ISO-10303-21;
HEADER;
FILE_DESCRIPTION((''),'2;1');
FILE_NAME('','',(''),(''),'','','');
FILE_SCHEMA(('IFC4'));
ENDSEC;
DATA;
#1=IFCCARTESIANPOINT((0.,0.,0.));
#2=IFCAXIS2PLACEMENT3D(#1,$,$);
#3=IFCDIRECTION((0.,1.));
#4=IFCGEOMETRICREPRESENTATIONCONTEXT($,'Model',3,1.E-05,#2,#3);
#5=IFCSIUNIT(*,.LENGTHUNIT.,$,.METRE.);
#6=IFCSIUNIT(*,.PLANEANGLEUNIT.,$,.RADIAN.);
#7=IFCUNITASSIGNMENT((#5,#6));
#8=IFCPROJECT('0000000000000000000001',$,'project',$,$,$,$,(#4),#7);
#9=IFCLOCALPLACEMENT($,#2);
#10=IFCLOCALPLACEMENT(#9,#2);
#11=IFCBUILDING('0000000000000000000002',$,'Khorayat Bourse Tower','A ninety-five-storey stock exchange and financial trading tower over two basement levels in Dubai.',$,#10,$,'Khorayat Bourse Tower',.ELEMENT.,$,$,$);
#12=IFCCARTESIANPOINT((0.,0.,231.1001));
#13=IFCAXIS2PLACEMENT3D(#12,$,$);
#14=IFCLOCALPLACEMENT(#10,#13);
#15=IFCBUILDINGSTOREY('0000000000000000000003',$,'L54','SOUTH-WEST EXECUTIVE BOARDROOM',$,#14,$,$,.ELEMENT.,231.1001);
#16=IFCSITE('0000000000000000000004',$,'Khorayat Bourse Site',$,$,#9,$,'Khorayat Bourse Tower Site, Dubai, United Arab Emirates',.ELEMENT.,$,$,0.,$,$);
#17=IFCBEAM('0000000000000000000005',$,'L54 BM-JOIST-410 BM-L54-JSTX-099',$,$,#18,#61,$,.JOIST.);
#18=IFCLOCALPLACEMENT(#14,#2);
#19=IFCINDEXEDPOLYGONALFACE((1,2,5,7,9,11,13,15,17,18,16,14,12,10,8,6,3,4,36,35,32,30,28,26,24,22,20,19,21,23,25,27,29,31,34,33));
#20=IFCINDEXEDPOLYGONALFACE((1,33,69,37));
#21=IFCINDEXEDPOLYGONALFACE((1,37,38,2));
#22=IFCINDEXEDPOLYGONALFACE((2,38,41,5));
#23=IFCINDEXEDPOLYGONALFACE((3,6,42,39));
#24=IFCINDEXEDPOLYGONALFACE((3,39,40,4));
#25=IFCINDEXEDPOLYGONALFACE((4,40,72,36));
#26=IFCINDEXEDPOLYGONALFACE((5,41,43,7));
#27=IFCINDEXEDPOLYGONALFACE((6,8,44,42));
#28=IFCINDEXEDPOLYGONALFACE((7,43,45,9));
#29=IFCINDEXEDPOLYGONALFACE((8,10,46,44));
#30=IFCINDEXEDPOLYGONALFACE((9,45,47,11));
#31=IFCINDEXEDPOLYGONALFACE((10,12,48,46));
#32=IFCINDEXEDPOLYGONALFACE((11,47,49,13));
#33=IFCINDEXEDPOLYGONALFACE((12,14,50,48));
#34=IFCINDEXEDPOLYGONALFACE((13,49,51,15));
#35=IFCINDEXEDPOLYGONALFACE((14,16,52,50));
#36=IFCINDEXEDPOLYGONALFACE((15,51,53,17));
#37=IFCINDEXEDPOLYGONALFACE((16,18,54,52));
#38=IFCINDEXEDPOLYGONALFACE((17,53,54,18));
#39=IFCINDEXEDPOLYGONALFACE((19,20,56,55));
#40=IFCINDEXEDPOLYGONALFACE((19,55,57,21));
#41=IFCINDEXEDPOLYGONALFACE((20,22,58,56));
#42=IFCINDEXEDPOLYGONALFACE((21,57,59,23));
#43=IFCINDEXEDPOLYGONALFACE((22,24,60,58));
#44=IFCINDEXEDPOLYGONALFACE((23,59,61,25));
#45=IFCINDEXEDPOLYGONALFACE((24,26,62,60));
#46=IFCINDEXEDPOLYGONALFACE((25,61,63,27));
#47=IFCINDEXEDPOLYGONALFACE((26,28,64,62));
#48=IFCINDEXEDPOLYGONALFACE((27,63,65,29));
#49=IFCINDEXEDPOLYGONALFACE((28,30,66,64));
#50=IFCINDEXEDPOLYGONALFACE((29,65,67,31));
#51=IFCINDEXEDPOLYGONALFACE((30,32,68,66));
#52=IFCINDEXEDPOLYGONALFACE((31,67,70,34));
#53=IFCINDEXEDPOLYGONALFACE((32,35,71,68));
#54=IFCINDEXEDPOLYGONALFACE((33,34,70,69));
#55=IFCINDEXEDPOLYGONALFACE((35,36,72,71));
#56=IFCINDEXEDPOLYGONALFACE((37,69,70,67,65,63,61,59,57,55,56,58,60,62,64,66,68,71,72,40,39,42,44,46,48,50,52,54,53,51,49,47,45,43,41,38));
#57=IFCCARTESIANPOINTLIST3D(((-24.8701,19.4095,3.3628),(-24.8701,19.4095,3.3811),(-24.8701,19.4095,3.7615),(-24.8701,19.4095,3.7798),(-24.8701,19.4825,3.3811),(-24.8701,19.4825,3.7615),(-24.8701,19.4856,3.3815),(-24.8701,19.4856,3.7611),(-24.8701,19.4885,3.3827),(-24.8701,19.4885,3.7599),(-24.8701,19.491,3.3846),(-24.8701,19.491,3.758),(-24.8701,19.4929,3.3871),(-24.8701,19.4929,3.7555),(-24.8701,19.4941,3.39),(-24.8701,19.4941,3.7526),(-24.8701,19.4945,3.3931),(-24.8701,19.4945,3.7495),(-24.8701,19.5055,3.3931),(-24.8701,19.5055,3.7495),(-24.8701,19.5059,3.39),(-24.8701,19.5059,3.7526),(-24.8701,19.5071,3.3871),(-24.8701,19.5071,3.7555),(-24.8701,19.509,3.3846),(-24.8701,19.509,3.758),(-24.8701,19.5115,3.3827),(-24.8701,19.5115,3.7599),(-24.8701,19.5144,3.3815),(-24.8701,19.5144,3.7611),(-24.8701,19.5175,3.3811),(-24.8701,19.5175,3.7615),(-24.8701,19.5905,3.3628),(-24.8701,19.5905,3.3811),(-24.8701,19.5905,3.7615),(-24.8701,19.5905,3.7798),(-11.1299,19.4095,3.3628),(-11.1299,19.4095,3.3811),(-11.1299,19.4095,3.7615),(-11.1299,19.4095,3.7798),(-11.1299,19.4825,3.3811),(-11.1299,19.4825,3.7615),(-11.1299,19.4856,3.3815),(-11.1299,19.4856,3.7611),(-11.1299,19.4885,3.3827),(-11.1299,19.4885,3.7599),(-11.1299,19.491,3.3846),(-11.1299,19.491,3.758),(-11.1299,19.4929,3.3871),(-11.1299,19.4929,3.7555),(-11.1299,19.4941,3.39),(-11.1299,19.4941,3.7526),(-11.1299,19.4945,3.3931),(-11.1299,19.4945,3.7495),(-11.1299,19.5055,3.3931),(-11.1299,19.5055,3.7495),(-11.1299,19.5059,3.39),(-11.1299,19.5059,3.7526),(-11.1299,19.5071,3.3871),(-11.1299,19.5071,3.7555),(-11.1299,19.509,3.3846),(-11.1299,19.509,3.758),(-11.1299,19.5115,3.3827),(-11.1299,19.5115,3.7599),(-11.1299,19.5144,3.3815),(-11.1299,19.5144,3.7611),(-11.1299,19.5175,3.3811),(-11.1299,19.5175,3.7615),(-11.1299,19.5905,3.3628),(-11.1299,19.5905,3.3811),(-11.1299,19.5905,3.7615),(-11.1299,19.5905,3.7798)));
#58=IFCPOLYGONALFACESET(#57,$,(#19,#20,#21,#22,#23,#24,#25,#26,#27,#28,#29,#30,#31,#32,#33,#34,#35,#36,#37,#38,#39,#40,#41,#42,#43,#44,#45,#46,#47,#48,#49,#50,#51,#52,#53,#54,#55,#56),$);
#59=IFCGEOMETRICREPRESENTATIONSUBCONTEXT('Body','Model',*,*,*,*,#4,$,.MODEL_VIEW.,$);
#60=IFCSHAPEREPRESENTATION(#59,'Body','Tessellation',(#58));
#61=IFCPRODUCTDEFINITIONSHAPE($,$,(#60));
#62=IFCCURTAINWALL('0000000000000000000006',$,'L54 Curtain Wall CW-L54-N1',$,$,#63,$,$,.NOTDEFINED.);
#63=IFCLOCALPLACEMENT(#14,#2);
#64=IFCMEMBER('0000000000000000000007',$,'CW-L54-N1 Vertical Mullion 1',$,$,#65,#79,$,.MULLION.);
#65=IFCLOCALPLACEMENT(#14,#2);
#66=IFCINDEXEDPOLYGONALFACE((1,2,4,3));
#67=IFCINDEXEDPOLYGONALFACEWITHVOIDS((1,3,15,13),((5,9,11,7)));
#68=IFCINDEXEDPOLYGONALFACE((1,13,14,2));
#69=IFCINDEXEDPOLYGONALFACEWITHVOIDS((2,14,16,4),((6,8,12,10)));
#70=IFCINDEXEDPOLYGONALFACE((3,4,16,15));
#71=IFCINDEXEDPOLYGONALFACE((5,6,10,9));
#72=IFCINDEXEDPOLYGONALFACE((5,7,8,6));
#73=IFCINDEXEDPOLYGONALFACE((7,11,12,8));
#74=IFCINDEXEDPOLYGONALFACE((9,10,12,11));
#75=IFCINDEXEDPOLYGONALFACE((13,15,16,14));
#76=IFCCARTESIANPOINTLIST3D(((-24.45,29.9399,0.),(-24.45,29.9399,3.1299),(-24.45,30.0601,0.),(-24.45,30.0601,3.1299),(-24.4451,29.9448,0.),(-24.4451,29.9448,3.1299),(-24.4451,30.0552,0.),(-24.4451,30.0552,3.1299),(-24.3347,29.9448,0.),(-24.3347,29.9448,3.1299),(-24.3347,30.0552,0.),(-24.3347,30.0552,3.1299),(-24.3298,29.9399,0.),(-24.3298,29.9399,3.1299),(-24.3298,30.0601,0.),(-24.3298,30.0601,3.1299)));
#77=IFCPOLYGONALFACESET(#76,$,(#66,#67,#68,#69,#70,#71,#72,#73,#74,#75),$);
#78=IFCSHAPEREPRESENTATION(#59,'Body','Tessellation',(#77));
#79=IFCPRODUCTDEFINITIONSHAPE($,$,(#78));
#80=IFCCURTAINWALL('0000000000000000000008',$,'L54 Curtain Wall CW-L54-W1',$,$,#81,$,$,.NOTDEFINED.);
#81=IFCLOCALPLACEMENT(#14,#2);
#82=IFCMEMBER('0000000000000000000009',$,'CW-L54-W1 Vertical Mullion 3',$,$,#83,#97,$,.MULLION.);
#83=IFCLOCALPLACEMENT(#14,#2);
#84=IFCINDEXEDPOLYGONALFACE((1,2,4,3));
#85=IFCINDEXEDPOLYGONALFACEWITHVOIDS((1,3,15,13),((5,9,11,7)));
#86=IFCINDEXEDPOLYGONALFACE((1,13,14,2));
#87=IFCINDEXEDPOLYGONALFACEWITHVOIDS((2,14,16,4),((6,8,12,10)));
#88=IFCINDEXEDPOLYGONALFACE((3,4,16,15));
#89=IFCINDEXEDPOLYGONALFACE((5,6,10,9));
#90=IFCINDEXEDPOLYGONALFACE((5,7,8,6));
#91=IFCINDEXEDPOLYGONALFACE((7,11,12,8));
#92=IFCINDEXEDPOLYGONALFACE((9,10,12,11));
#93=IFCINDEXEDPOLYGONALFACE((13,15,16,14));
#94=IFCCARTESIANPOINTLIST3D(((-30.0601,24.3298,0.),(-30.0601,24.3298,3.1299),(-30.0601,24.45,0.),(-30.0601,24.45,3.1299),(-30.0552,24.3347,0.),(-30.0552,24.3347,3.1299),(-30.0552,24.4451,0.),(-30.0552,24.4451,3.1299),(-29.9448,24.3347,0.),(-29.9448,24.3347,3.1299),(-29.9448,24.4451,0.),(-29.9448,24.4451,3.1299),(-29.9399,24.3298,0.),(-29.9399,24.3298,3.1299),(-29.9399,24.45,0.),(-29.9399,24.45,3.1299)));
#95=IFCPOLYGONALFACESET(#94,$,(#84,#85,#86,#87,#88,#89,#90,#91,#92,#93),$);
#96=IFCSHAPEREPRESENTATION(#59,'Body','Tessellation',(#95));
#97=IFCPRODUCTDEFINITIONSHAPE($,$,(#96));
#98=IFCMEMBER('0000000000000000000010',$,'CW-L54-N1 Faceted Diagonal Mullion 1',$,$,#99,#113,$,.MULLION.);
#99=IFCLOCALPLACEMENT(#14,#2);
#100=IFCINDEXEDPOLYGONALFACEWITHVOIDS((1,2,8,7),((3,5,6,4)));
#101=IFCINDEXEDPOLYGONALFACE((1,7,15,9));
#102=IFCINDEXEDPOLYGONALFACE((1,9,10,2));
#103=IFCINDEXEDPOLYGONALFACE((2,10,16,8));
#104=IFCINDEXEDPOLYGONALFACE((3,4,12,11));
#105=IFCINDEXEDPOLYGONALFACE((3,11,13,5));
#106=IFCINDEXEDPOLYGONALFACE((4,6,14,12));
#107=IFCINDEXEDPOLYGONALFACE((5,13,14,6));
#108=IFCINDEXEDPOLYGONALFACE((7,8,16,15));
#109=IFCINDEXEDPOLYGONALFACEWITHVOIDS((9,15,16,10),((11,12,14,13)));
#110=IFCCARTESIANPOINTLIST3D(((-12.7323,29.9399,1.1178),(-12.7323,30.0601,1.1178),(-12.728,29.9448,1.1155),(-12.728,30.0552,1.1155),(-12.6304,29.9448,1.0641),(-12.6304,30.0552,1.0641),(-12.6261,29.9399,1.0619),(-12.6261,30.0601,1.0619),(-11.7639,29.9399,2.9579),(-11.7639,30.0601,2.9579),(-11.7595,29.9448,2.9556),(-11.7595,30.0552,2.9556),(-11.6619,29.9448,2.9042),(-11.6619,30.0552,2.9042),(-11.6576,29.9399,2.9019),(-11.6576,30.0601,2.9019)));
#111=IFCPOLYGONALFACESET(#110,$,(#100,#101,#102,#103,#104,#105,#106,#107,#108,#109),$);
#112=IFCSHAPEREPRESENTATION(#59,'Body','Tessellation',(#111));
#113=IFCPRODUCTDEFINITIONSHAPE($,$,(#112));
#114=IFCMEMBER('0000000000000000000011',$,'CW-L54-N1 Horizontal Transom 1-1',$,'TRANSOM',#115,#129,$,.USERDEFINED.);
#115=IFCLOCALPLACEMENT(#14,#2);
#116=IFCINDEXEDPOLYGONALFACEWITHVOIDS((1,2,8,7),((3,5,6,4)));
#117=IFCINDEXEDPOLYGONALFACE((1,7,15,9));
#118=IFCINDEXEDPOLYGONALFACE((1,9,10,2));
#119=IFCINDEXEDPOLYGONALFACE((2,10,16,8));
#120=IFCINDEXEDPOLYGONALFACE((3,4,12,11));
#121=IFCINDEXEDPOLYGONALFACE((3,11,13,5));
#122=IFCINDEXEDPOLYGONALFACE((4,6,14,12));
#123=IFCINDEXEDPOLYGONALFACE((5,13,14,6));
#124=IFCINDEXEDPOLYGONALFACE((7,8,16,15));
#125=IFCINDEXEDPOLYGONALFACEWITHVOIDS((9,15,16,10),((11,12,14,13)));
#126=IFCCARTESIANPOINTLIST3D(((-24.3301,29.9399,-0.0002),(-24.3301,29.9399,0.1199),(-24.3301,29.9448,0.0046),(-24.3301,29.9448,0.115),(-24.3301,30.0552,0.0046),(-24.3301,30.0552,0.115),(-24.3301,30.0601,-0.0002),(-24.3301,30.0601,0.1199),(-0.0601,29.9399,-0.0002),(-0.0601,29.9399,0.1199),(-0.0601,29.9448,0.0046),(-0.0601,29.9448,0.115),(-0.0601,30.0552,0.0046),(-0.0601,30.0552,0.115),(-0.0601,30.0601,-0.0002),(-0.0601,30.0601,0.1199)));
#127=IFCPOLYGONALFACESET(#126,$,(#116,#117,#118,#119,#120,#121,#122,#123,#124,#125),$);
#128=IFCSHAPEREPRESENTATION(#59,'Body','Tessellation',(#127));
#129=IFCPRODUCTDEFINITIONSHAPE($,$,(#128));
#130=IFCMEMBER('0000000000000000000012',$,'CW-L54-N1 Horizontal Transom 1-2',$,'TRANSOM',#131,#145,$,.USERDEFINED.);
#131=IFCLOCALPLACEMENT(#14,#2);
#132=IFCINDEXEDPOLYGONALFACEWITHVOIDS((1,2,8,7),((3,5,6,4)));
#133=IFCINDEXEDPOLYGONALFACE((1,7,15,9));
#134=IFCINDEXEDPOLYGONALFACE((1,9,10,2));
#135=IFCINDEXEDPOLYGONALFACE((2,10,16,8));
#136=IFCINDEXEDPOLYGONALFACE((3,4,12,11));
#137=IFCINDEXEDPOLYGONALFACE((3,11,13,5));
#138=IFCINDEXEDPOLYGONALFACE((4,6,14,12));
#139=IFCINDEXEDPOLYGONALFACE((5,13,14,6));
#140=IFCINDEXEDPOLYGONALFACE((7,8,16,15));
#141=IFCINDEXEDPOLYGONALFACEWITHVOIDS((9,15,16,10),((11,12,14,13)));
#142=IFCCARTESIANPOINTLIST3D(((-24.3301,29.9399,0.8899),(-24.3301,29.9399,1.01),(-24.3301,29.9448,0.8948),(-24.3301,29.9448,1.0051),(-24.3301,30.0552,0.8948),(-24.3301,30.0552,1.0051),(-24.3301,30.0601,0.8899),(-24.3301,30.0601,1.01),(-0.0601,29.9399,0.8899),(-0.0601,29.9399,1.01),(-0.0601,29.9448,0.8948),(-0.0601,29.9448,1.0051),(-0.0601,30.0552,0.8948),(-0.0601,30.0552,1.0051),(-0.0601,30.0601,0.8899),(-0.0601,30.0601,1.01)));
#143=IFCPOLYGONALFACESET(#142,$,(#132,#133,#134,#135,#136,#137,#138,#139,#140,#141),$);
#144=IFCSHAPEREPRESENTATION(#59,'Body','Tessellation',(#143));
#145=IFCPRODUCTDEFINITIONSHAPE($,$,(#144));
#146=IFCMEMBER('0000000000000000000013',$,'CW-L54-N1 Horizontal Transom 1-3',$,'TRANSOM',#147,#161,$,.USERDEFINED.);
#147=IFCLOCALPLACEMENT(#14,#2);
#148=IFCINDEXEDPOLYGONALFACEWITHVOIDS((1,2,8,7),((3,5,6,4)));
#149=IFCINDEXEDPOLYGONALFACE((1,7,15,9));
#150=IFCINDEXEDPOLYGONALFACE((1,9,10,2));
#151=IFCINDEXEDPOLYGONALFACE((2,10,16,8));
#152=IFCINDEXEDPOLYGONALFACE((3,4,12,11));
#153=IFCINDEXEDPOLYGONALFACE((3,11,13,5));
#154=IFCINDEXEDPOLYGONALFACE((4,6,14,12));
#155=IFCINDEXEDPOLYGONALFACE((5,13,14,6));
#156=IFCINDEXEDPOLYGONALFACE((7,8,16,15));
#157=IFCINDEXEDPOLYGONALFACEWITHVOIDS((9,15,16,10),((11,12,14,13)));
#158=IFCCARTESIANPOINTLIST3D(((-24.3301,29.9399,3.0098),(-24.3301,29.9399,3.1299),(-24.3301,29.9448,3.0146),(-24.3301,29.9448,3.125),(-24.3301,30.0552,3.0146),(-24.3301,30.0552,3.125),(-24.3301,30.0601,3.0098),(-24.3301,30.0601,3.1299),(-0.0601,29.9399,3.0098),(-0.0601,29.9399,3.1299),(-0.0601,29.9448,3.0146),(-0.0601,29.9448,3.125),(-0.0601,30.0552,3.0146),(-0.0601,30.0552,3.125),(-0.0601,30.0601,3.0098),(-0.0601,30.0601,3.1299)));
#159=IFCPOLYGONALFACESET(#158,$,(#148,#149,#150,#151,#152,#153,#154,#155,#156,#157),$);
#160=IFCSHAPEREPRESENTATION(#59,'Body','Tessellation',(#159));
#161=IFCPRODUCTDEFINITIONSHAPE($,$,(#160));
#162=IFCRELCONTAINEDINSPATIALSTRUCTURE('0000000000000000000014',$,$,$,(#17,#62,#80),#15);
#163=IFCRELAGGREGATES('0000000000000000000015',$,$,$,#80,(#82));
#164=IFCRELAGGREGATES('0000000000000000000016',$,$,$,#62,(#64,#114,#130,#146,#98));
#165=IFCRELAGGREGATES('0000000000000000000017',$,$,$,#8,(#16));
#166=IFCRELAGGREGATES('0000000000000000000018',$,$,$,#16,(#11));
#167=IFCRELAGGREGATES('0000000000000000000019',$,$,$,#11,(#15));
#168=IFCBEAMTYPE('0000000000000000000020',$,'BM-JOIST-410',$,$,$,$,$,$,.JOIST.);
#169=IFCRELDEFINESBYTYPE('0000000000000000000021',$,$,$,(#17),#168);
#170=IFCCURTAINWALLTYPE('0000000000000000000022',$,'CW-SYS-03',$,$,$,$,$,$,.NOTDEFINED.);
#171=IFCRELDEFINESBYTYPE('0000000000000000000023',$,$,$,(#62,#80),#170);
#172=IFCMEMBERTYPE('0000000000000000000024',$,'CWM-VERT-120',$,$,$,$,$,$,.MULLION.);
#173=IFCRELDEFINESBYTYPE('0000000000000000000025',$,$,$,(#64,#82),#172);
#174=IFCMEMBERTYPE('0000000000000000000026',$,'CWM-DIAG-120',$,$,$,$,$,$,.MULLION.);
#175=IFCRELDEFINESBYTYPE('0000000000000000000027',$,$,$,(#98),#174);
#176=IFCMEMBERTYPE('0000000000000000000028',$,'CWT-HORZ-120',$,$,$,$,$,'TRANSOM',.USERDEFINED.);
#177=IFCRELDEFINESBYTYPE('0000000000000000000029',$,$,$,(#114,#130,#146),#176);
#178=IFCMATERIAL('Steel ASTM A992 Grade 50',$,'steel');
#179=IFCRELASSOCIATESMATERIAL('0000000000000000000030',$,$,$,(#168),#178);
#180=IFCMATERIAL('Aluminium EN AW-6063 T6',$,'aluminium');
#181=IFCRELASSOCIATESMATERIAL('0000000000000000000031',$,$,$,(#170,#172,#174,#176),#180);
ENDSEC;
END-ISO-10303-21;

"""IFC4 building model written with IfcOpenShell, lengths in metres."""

from ifc_helpers import new_model, si_unit, direction, frame, origin, origin_2d, place, context, subcontext, project, spatial, hollow_rectangle, i_section, extrude, source, transform, mapped, material, material_profile, profile_set, type_object, element, aggregate, save


model = new_model("IFC4")

# Units and contexts
model_context = context("Model", 3, precision=1e-05, world=origin(), true_north=direction((0.0, 1.0)))
body_context = subcontext(model_context, "Body", "Model", "MODEL_VIEW")
ifc_project = project(units=[si_unit("LENGTHUNIT", "METRE"), si_unit("PLANEANGLEUNIT", "RADIAN")], contexts=[model_context])

# Site, building, storey
site_placement = place(None, origin())
site = spatial("IfcSite", under=ifc_project, at=site_placement, Name="Khorayat Bourse Site", LongName="Khorayat Bourse Tower Site, Dubai, United Arab Emirates", CompositionType="ELEMENT", RefElevation=0.0)
building_placement = place(site_placement, origin())
building = spatial("IfcBuilding", under=site, at=building_placement, Name="Khorayat Bourse Tower", Description="A ninety-five-storey stock exchange and financial trading tower over two basement levels in Dubai.", LongName="Khorayat Bourse Tower", CompositionType="ELEMENT")
storey_placement = place(building_placement, frame((0.0, 0.0, 231.1001)))
storey = spatial("IfcBuildingStorey", under=building, at=storey_placement, Name="L54", Description="SOUTH-WEST EXECUTIVE BOARDROOM", CompositionType="ELEMENT", Elevation=231.1001)

# Beam
ifc_material_1 = material(Name="Steel ASTM A992 Grade 50", Category="steel")
ifc_material_profile_1 = material_profile(ifc_material_1, i_section(OverallWidth=0.1809, OverallDepth=0.417, WebThickness=0.011, FlangeThickness=0.0183, FilletRadius=0.012, at=origin_2d()), Name="W410X85")
ifc_profile_set_1 = profile_set([ifc_material_profile_1], Name="Steel ASTM A992 Grade 50")
beam_type_1 = type_object("IfcBeamType", Name="BM-JOIST-410", PredefinedType="JOIST", material=ifc_profile_set_1)
shared_shape_1 = source(origin(), body_context, "Body", "SweptSolid", [
    extrude(i_section(OverallWidth=0.1809, OverallDepth=0.417, WebThickness=0.011, FlangeThickness=0.0183, FilletRadius=0.012, at=origin_2d()), origin(), (0.0, 0.0, 1.0), 13.7402),
])
beam_1_placement = place(storey_placement, frame((-24.8701, 19.5, 3.5713), z_axis=(1.0, 0.0, 0.0), x_axis=(0.0, 1.0, 0.0)))
element("IfcBeam", 1, at=beam_1_placement, inside=storey, type_object=beam_type_1, Name="L54 BM-JOIST-410 BM-L54-JSTX-099", PredefinedType="JOIST", context=body_context, shape_type="MappedRepresentation", body=[
    mapped(shared_shape_1, transform((0.0, 0.0, 0.0), scale=1.0)),
])

# Curtain walls, members
ifc_material_2 = material(Name="Aluminium EN AW-6063 T6", Category="aluminium")
curtain_wall_type = type_object("IfcCurtainWallType", Name="CW-SYS-03", PredefinedType="NOTDEFINED", material=ifc_material_2)
curtain_wall_1_placement = place(storey_placement, origin())
curtain_wall_1 = element("IfcCurtainWall", 2, at=curtain_wall_1_placement, inside=storey, type_object=curtain_wall_type, Name="L54 Curtain Wall CW-L54-N1", PredefinedType="NOTDEFINED")
ifc_material_profile_2 = material_profile(ifc_material_2, hollow_rectangle(XDim=0.1201, YDim=0.1201, WallThickness=0.0049, at=origin_2d()), Name="ALU 120x120x5")
ifc_profile_set_2 = profile_set([ifc_material_profile_2], Name="Aluminium EN AW-6063 T6")
member_type_1 = type_object("IfcMemberType", Name="CWM-VERT-120", PredefinedType="MULLION", material=ifc_profile_set_2)
shared_shape_2 = source(origin(), body_context, "Body", "SweptSolid", [
    extrude(hollow_rectangle(XDim=0.1201, YDim=0.1201, WallThickness=0.0049, at=origin_2d()), origin(), (0.0, 0.0, 1.0), 3.1299),
])
member_1_placement = place(storey_placement, frame((-24.3899, 30.0, 0.0), z_axis=(0.0, 0.0, 1.0), x_axis=(0.0, 1.0, 0.0)))
member_1 = element("IfcMember", 3, at=member_1_placement, type_object=member_type_1, Name="CW-L54-N1 Vertical Mullion 1", PredefinedType="MULLION", context=body_context, shape_type="MappedRepresentation", body=[
    mapped(shared_shape_2, transform((0.0, 0.0, 0.0), scale=1.0)),
])
curtain_wall_2_placement = place(storey_placement, origin())
curtain_wall_2 = element("IfcCurtainWall", 4, at=curtain_wall_2_placement, inside=storey, type_object=curtain_wall_type, Name="L54 Curtain Wall CW-L54-W1", PredefinedType="NOTDEFINED")
member_2_placement = place(storey_placement, frame((-30.0, 24.3899, 0.0), z_axis=(0.0, 0.0, 1.0), x_axis=(-1.0, 0.0, 0.0)))
member_2 = element("IfcMember", 5, at=member_2_placement, type_object=member_type_1, Name="CW-L54-W1 Vertical Mullion 3", PredefinedType="MULLION", context=body_context, shape_type="MappedRepresentation", body=[
    mapped(shared_shape_2, transform((0.0, 0.0, 0.0), scale=1.0)),
])
aggregate(curtain_wall_2, [member_2])

# Members
ifc_material_profile_3 = material_profile(ifc_material_2, hollow_rectangle(XDim=0.1201, YDim=0.1201, WallThickness=0.0049, at=origin_2d()), Name="ALU 120x120x5")
ifc_profile_set_3 = profile_set([ifc_material_profile_3], Name="Aluminium EN AW-6063 T6")
member_type_2 = type_object("IfcMemberType", Name="CWM-DIAG-120", PredefinedType="MULLION", material=ifc_profile_set_3)
shared_shape_3 = source(origin(), body_context, "Body", "SweptSolid", [
    extrude(hollow_rectangle(XDim=0.1201, YDim=0.1201, WallThickness=0.0049, at=origin_2d()), origin(), (0.0, 0.0, 1.0), 2.0793),
])
member_3_placement = place(storey_placement, frame((-12.6792, 30.0, 1.0898), z_axis=(0.465761, 0.0, 0.884911), x_axis=(0.0, 1.0, 0.0)))
member_3 = element("IfcMember", 6, at=member_3_placement, type_object=member_type_2, Name="CW-L54-N1 Faceted Diagonal Mullion 1", PredefinedType="MULLION", context=body_context, shape_type="MappedRepresentation", body=[
    mapped(shared_shape_3, transform((0.0, 0.0, 0.0), scale=1.0)),
])
ifc_material_profile_4 = material_profile(ifc_material_2, hollow_rectangle(XDim=0.1201, YDim=0.1201, WallThickness=0.0049, at=origin_2d()), Name="ALU 120x120x5")
ifc_profile_set_4 = profile_set([ifc_material_profile_4], Name="Aluminium EN AW-6063 T6")
member_type_3 = type_object("IfcMemberType", Name="CWT-HORZ-120", ElementType="TRANSOM", PredefinedType="USERDEFINED", material=ifc_profile_set_4)
shared_shape_4 = source(origin(), body_context, "Body", "SweptSolid", [
    extrude(hollow_rectangle(XDim=0.1201, YDim=0.1201, WallThickness=0.0049, at=origin_2d()), origin(), (0.0, 0.0, 1.0), 24.27),
])
member_4_placement = place(storey_placement, frame((-24.3301, 30.0, 0.0598), z_axis=(1.0, 0.0, 0.0), x_axis=(0.0, 1.0, 0.0)))
member_4 = element("IfcMember", 7, at=member_4_placement, type_object=member_type_3, Name="CW-L54-N1 Horizontal Transom 1-1", ObjectType="TRANSOM", PredefinedType="USERDEFINED", context=body_context, shape_type="MappedRepresentation", body=[
    mapped(shared_shape_4, transform((0.0, 0.0, 0.0), scale=1.0)),
])
member_5_placement = place(storey_placement, frame((-24.3301, 30.0, 0.95), z_axis=(1.0, 0.0, 0.0), x_axis=(0.0, 1.0, 0.0)))
member_5 = element("IfcMember", 8, at=member_5_placement, type_object=member_type_3, Name="CW-L54-N1 Horizontal Transom 1-2", ObjectType="TRANSOM", PredefinedType="USERDEFINED", context=body_context, shape_type="MappedRepresentation", body=[
    mapped(shared_shape_4, transform((0.0, 0.0, 0.0), scale=1.0)),
])
member_6_placement = place(storey_placement, frame((-24.3301, 30.0, 3.0698), z_axis=(1.0, 0.0, 0.0), x_axis=(0.0, 1.0, 0.0)))
member_6 = element("IfcMember", 9, at=member_6_placement, type_object=member_type_3, Name="CW-L54-N1 Horizontal Transom 1-3", ObjectType="TRANSOM", PredefinedType="USERDEFINED", context=body_context, shape_type="MappedRepresentation", body=[
    mapped(shared_shape_4, transform((0.0, 0.0, 0.0), scale=1.0)),
])
aggregate(curtain_wall_1, [member_1, member_4, member_5, member_6, member_3])

save(model, "model.ifc")
